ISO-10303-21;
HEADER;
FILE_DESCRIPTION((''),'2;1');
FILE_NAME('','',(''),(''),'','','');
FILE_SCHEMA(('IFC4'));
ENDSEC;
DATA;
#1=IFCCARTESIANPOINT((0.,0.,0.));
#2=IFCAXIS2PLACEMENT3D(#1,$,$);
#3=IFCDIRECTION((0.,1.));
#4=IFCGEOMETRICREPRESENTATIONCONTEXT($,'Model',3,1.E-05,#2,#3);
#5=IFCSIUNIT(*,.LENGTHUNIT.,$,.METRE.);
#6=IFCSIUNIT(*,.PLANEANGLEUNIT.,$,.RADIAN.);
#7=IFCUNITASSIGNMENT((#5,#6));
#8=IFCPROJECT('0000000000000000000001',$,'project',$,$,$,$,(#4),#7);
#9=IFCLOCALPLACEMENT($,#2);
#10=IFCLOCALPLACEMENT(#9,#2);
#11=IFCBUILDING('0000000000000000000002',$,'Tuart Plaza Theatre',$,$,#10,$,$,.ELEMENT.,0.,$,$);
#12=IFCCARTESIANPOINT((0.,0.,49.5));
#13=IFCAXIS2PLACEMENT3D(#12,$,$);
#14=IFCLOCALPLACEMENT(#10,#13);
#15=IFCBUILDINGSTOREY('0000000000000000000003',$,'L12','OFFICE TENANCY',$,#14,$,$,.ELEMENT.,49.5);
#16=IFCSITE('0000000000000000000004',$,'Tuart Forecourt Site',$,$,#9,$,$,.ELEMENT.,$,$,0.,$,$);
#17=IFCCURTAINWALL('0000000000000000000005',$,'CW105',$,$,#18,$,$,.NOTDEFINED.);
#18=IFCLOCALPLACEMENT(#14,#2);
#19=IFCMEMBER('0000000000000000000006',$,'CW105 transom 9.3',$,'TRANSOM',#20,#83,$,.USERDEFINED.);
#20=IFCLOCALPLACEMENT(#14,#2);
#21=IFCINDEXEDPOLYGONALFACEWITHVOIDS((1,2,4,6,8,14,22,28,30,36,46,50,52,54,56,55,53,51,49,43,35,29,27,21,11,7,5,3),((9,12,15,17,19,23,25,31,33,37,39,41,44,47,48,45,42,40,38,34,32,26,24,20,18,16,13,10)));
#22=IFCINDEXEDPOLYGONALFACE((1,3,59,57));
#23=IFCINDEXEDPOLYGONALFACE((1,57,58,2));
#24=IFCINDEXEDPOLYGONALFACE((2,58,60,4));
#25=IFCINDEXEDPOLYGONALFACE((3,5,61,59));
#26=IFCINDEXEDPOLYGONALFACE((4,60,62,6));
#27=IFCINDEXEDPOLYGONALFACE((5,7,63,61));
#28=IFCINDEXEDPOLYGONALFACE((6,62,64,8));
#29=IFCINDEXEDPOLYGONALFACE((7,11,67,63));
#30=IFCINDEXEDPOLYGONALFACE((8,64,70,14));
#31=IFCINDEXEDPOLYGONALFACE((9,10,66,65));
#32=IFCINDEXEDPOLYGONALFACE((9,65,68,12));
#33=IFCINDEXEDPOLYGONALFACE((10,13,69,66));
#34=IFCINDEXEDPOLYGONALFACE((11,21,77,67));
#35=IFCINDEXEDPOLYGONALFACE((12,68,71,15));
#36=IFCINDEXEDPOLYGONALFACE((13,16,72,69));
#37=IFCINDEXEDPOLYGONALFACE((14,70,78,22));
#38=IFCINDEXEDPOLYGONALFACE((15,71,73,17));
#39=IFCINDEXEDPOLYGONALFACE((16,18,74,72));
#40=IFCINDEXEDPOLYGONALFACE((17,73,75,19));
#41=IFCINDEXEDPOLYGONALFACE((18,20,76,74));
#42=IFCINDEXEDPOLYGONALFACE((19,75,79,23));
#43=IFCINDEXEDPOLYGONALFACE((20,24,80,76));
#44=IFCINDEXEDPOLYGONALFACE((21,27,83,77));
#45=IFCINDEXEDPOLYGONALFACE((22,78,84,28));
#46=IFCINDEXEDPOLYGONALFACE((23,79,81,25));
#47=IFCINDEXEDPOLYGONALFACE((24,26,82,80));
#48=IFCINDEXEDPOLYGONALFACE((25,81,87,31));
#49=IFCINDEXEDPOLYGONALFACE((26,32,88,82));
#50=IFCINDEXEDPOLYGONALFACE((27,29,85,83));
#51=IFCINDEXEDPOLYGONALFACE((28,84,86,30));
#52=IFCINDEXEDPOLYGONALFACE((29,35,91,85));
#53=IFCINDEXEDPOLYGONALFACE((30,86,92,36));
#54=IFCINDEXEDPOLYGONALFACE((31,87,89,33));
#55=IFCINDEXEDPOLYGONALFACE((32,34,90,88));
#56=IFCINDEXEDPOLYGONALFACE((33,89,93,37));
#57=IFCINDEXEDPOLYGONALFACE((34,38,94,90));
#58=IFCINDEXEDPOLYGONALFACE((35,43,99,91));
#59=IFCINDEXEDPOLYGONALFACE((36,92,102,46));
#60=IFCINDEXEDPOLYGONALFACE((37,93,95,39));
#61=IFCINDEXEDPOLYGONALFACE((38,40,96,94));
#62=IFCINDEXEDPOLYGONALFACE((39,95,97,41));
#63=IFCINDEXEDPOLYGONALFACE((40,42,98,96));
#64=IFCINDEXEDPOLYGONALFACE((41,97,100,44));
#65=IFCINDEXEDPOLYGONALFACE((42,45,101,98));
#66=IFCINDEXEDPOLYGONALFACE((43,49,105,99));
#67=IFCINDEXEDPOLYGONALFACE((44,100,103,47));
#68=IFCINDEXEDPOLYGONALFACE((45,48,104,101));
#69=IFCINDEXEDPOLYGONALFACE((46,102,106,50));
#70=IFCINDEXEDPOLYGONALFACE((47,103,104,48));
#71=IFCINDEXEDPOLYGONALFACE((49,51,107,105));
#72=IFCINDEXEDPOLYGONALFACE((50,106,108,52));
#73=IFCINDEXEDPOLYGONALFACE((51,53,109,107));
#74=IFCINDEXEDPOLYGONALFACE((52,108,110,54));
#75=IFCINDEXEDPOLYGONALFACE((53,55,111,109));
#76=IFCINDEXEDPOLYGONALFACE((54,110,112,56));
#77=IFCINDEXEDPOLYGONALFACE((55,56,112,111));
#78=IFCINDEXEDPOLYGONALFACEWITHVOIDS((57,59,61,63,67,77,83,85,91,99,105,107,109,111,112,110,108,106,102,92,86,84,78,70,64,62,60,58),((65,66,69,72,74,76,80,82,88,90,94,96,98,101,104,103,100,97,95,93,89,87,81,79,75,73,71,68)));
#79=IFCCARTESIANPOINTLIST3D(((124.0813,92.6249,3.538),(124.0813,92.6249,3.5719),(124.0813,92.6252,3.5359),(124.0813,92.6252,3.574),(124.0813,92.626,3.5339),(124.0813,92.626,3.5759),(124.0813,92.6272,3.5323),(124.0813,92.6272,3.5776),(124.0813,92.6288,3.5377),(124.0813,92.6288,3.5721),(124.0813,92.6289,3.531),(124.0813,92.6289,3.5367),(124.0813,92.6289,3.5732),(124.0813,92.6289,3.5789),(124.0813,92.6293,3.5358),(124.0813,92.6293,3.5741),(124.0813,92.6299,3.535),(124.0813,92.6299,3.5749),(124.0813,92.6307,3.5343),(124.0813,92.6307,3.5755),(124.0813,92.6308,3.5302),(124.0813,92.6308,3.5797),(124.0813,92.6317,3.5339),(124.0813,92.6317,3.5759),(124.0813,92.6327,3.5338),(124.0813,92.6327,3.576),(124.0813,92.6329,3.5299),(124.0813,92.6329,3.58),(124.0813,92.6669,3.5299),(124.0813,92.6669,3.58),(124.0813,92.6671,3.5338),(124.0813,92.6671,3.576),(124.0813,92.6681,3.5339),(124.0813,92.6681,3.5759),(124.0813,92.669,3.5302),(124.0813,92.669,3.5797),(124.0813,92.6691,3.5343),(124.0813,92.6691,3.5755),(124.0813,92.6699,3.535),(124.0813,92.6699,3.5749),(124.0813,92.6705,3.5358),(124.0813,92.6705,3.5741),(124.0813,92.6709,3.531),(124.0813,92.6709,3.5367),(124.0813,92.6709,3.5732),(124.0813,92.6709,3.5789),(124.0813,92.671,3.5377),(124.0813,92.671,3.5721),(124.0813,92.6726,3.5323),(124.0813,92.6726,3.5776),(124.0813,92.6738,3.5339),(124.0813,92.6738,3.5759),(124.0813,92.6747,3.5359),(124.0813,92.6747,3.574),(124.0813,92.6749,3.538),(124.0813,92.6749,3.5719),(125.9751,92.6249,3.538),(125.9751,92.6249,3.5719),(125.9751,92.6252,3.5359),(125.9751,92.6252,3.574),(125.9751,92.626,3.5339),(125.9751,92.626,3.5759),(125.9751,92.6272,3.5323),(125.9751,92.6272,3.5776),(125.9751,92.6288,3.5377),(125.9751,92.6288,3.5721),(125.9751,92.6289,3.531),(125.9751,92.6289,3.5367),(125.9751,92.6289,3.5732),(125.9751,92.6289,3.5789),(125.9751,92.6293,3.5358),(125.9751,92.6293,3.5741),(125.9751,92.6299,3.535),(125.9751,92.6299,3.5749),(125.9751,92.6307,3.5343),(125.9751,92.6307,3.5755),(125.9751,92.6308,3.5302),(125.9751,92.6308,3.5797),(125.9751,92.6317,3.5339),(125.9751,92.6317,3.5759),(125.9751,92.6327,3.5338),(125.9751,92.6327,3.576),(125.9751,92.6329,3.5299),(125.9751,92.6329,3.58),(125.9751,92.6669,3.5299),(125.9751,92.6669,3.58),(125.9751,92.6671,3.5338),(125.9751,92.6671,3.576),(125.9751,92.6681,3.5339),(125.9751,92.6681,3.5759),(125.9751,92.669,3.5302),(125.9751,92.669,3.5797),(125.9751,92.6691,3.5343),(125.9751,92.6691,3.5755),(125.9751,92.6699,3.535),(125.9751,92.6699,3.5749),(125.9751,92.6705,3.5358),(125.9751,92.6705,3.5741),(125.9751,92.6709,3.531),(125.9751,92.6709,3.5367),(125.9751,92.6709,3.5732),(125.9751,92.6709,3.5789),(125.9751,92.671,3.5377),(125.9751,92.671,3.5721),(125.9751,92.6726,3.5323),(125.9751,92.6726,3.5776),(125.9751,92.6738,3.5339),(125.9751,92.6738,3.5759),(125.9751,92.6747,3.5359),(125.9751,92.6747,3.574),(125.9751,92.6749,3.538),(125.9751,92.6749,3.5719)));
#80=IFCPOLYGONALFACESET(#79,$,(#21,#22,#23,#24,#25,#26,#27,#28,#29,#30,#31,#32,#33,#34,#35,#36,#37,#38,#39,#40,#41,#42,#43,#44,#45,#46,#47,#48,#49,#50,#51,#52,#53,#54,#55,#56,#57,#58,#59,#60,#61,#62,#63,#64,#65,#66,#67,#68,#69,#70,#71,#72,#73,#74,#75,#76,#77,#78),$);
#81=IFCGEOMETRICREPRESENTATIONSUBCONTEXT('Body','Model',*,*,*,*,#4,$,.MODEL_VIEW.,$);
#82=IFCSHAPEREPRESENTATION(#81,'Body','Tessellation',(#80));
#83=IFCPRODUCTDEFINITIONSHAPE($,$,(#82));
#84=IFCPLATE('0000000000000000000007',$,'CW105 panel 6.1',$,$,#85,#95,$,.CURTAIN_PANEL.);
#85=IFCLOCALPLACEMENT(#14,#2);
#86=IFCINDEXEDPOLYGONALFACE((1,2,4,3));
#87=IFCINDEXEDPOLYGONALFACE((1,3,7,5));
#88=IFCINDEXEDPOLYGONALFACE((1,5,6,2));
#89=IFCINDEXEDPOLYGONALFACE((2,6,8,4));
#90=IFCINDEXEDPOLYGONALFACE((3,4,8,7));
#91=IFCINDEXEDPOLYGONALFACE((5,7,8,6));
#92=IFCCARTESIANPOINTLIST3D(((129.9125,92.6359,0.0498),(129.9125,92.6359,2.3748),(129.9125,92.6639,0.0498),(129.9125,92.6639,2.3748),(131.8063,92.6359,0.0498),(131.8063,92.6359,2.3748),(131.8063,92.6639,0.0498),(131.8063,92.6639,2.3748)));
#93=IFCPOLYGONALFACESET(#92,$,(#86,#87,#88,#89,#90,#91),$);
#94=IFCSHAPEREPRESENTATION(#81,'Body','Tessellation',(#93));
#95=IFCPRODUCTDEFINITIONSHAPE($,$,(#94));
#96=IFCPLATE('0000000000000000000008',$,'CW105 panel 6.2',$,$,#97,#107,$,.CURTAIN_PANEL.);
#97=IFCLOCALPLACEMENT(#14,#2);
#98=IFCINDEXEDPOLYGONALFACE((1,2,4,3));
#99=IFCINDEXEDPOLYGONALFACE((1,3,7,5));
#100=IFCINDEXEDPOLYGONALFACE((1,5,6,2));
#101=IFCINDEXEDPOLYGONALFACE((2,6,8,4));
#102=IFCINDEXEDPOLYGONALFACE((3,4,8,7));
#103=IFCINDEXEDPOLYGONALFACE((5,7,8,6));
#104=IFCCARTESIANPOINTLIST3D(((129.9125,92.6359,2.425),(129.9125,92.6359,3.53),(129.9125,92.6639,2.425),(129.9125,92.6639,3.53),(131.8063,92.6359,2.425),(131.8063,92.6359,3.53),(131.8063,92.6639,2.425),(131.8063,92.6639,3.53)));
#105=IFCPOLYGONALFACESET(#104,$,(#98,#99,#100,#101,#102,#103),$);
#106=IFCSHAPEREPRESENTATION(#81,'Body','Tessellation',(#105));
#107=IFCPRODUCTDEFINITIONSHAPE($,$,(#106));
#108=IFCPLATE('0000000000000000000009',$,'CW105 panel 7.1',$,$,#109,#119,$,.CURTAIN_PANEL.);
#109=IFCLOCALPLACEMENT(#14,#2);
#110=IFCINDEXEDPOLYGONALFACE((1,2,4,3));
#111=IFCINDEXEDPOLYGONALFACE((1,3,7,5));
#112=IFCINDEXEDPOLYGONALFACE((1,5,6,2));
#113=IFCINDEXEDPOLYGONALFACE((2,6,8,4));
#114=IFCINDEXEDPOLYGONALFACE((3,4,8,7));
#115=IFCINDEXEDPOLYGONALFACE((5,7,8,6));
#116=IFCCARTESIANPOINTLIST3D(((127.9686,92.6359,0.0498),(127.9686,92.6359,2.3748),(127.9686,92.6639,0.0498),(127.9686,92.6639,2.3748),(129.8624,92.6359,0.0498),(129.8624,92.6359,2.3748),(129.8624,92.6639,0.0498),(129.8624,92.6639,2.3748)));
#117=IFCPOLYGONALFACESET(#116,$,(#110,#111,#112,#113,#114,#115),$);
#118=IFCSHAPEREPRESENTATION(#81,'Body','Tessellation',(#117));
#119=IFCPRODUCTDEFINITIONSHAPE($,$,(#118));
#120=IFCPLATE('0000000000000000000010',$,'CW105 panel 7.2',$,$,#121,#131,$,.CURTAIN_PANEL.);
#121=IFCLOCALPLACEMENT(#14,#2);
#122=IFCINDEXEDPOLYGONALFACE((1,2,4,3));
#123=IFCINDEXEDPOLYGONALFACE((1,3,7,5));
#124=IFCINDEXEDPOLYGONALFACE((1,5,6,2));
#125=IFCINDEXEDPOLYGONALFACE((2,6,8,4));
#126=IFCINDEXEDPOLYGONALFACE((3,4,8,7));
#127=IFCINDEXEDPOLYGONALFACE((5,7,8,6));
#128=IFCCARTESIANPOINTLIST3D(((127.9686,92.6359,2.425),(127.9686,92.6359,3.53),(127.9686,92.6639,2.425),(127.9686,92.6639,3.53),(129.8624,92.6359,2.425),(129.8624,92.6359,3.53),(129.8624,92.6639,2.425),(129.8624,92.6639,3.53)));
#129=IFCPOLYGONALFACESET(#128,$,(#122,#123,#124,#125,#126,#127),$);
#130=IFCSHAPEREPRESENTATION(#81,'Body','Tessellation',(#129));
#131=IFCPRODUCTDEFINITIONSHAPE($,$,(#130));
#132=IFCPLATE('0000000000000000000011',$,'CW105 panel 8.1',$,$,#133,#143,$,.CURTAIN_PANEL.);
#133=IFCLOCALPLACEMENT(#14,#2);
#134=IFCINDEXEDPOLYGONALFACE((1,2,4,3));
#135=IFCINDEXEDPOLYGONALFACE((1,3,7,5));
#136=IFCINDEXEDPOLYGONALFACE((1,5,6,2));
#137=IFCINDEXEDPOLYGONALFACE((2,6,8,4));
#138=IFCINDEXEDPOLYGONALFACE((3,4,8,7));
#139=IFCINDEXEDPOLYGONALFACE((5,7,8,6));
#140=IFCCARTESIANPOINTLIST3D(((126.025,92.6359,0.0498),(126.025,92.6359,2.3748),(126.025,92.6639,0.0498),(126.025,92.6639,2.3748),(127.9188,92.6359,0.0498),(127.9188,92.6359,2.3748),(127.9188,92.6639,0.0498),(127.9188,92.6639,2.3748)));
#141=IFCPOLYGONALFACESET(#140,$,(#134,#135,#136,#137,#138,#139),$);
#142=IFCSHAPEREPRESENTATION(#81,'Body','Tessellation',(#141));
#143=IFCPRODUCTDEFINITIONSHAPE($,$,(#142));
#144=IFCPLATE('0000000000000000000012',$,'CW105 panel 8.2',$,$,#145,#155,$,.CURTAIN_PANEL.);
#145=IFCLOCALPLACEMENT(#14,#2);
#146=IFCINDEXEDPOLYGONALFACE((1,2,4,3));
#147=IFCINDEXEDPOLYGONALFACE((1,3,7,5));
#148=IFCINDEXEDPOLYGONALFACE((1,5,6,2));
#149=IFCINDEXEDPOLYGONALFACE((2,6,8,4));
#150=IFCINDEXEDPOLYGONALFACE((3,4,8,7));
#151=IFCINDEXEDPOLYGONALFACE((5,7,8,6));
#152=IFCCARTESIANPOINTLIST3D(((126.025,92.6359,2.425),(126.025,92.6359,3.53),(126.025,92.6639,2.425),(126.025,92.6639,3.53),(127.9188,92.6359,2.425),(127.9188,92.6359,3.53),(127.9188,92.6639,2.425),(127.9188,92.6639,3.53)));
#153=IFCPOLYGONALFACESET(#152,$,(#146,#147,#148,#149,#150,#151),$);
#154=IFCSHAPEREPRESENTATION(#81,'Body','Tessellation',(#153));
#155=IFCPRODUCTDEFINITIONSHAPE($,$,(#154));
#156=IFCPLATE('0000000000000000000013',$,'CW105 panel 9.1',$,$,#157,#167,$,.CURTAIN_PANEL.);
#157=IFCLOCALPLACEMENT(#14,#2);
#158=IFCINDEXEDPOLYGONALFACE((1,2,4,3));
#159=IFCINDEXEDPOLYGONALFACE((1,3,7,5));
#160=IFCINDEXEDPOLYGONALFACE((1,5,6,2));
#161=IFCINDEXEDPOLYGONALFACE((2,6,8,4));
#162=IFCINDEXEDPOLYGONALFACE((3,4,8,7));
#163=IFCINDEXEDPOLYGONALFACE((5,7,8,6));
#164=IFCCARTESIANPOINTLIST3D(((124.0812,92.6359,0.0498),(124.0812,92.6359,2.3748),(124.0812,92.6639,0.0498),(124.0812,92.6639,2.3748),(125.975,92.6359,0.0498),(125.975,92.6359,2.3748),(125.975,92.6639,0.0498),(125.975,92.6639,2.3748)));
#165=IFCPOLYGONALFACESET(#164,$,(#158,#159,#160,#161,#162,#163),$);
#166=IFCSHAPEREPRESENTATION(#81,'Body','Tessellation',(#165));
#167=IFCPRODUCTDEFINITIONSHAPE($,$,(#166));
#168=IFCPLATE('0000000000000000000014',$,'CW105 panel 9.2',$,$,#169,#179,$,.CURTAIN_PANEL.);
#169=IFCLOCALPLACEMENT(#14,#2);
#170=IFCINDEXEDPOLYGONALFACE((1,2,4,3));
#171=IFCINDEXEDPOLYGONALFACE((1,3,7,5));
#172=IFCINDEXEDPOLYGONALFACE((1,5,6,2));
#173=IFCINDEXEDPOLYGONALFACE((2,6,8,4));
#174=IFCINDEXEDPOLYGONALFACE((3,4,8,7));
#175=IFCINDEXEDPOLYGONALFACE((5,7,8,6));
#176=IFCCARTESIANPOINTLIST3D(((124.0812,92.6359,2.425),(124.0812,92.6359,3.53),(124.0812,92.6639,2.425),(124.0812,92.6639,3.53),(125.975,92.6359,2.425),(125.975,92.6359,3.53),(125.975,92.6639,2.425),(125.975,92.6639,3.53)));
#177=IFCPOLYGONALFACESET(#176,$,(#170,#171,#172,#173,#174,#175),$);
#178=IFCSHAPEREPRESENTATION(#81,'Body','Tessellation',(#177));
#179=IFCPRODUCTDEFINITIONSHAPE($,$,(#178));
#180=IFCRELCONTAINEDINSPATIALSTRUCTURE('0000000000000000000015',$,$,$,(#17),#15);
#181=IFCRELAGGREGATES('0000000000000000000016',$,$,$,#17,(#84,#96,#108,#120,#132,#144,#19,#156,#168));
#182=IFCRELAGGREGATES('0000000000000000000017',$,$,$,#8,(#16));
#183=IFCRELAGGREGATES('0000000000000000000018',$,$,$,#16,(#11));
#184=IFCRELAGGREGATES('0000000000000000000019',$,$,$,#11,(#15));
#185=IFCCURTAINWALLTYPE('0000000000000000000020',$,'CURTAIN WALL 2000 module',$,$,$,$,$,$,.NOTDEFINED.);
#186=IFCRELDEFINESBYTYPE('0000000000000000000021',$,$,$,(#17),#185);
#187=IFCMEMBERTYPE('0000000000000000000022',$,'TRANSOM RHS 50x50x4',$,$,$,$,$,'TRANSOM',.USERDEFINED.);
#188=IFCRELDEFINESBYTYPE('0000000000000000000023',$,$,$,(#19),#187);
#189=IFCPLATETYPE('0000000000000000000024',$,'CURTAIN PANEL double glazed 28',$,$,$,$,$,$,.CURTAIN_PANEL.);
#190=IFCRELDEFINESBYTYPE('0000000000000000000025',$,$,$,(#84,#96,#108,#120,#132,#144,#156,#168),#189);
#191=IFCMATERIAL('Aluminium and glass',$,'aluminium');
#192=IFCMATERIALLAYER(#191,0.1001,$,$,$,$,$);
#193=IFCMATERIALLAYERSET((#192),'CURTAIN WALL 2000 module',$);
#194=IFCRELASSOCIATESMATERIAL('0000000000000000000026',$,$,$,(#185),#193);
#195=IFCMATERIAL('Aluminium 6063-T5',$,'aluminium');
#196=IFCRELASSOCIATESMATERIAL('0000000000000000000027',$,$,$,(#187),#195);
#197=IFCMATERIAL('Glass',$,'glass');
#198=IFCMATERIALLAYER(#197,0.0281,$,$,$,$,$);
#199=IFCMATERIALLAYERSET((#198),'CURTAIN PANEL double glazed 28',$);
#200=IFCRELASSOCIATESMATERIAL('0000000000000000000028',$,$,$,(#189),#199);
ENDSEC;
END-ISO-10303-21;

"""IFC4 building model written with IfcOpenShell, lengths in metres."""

from ifc_helpers import new_model, si_unit, direction, frame, origin, origin_2d, place, context, subcontext, project, spatial, rectangle, hollow_rectangle, extrude, material, layer, layer_set, material_profile, profile_set, type_object, element, aggregate, save


model = new_model("IFC4")

# Units and contexts
model_context = context("Model", 3, precision=1e-05, world=origin(), true_north=direction((0.0, 1.0)))
body_context = subcontext(model_context, "Body", "Model", "MODEL_VIEW")
ifc_project = project(units=[si_unit("LENGTHUNIT", "METRE"), si_unit("PLANEANGLEUNIT", "RADIAN")], contexts=[model_context])

# Site, building, storey
site_placement = place(None, origin())
site = spatial("IfcSite", under=ifc_project, at=site_placement, Name="Tuart Forecourt Site", CompositionType="ELEMENT", RefElevation=0.0)
building_placement = place(site_placement, origin())
building = spatial("IfcBuilding", under=site, at=building_placement, Name="Tuart Plaza Theatre", CompositionType="ELEMENT", ElevationOfRefHeight=0.0)
storey_placement = place(building_placement, frame((0.0, 0.0, 49.5)))
storey = spatial("IfcBuildingStorey", under=building, at=storey_placement, Name="L12", Description="OFFICE TENANCY", CompositionType="ELEMENT", Elevation=49.5)

# Curtain wall, member, plates
ifc_material_1 = material(Name="Aluminium and glass", Category="aluminium")
ifc_layer_1 = layer(ifc_material_1, 0.1001)
ifc_layer_set_1 = layer_set([ifc_layer_1], Name="CURTAIN WALL 2000 module")
curtain_wall_type = type_object("IfcCurtainWallType", Name="CURTAIN WALL 2000 module", PredefinedType="NOTDEFINED", material=ifc_layer_set_1)
curtain_wall_placement = place(storey_placement, origin())
curtain_wall = element("IfcCurtainWall", 1, at=curtain_wall_placement, inside=storey, type_object=curtain_wall_type, Name="CW105", PredefinedType="NOTDEFINED")
ifc_material_2 = material(Name="Aluminium 6063-T5", Category="aluminium")
ifc_material_profile_1 = material_profile(ifc_material_2, hollow_rectangle(XDim=0.05, YDim=0.05, WallThickness=0.0039, InnerFilletRadius=0.0039, OuterFilletRadius=0.0081, at=origin_2d()), Name="RHS 50x50x4")
ifc_profile_set_1 = profile_set([ifc_material_profile_1], Name="Aluminium 6063-T5")
member_type_1 = type_object("IfcMemberType", Name="TRANSOM RHS 50x50x4", ElementType="TRANSOM", PredefinedType="USERDEFINED", material=ifc_profile_set_1)
member_1_placement = place(storey_placement, frame((125.9751, 92.6499, 3.5549), z_axis=(-1.0, 0.0, 0.0), x_axis=(0.0, -1.0, 0.0)))
member_1 = element("IfcMember", 2, at=member_1_placement, type_object=member_type_1, Name="CW105 transom 9.3", ObjectType="TRANSOM", PredefinedType="USERDEFINED", context=body_context, shape_type="SweptSolid", body=[
    extrude(hollow_rectangle(XDim=0.05, YDim=0.05, WallThickness=0.0039, InnerFilletRadius=0.0039, OuterFilletRadius=0.0081, at=origin_2d()), origin(), (0.0, 0.0, 1.0), 1.8938),
])
ifc_material_3 = material(Name="Glass", Category="glass")
ifc_layer_2 = layer(ifc_material_3, 0.0281)
ifc_layer_set_2 = layer_set([ifc_layer_2], Name="CURTAIN PANEL double glazed 28")
plate_type = type_object("IfcPlateType", Name="CURTAIN PANEL double glazed 28", PredefinedType="CURTAIN_PANEL", material=ifc_layer_set_2)
plate_1_placement = place(storey_placement, frame((130.8594, 92.6499, 0.0498), z_axis=(0.0, 0.0, 1.0), x_axis=(-1.0, 0.0, 0.0)))
plate_1 = element("IfcPlate", 3, at=plate_1_placement, type_object=plate_type, Name="CW105 panel 6.1", PredefinedType="CURTAIN_PANEL", context=body_context, shape_type="SweptSolid", body=[
    extrude(rectangle(XDim=1.8938, YDim=0.0281, at=origin_2d()), origin(), (0.0, 0.0, 1.0), 2.325),
])
plate_2_placement = place(storey_placement, frame((130.8594, 92.6499, 2.425), z_axis=(0.0, 0.0, 1.0), x_axis=(-1.0, 0.0, 0.0)))
plate_2 = element("IfcPlate", 4, at=plate_2_placement, type_object=plate_type, Name="CW105 panel 6.2", PredefinedType="CURTAIN_PANEL", context=body_context, shape_type="SweptSolid", body=[
    extrude(rectangle(XDim=1.8938, YDim=0.0281, at=origin_2d()), origin(), (0.0, 0.0, 1.0), 1.105),
])
plate_3_placement = place(storey_placement, frame((128.9155, 92.6499, 0.0498), z_axis=(0.0, 0.0, 1.0), x_axis=(-1.0, 0.0, 0.0)))
plate_3 = element("IfcPlate", 5, at=plate_3_placement, type_object=plate_type, Name="CW105 panel 7.1", PredefinedType="CURTAIN_PANEL", context=body_context, shape_type="SweptSolid", body=[
    extrude(rectangle(XDim=1.8938, YDim=0.0281, at=origin_2d()), origin(), (0.0, 0.0, 1.0), 2.325),
])
plate_4_placement = place(storey_placement, frame((128.9155, 92.6499, 2.425), z_axis=(0.0, 0.0, 1.0), x_axis=(-1.0, 0.0, 0.0)))
plate_4 = element("IfcPlate", 6, at=plate_4_placement, type_object=plate_type, Name="CW105 panel 7.2", PredefinedType="CURTAIN_PANEL", context=body_context, shape_type="SweptSolid", body=[
    extrude(rectangle(XDim=1.8938, YDim=0.0281, at=origin_2d()), origin(), (0.0, 0.0, 1.0), 1.105),
])
plate_5_placement = place(storey_placement, frame((126.9719, 92.6499, 0.0498), z_axis=(0.0, 0.0, 1.0), x_axis=(-1.0, 0.0, 0.0)))
plate_5 = element("IfcPlate", 7, at=plate_5_placement, type_object=plate_type, Name="CW105 panel 8.1", PredefinedType="CURTAIN_PANEL", context=body_context, shape_type="SweptSolid", body=[
    extrude(rectangle(XDim=1.8938, YDim=0.0281, at=origin_2d()), origin(), (0.0, 0.0, 1.0), 2.325),
])
plate_6_placement = place(storey_placement, frame((126.9719, 92.6499, 2.425), z_axis=(0.0, 0.0, 1.0), x_axis=(-1.0, 0.0, 0.0)))
plate_6 = element("IfcPlate", 8, at=plate_6_placement, type_object=plate_type, Name="CW105 panel 8.2", PredefinedType="CURTAIN_PANEL", context=body_context, shape_type="SweptSolid", body=[
    extrude(rectangle(XDim=1.8938, YDim=0.0281, at=origin_2d()), origin(), (0.0, 0.0, 1.0), 1.105),
])
plate_7_placement = place(storey_placement, frame((125.0281, 92.6499, 0.0498), z_axis=(0.0, 0.0, 1.0), x_axis=(-1.0, 0.0, 0.0)))
plate_7 = element("IfcPlate", 9, at=plate_7_placement, type_object=plate_type, Name="CW105 panel 9.1", PredefinedType="CURTAIN_PANEL", context=body_context, shape_type="SweptSolid", body=[
    extrude(rectangle(XDim=1.8938, YDim=0.0281, at=origin_2d()), origin(), (0.0, 0.0, 1.0), 2.325),
])
plate_8_placement = place(storey_placement, frame((125.0281, 92.6499, 2.425), z_axis=(0.0, 0.0, 1.0), x_axis=(-1.0, 0.0, 0.0)))
plate_8 = element("IfcPlate", 10, at=plate_8_placement, type_object=plate_type, Name="CW105 panel 9.2", PredefinedType="CURTAIN_PANEL", context=body_context, shape_type="SweptSolid", body=[
    extrude(rectangle(XDim=1.8938, YDim=0.0281, at=origin_2d()), origin(), (0.0, 0.0, 1.0), 1.105),
])
aggregate(curtain_wall, [plate_1, plate_2, plate_3, plate_4, plate_5, plate_6, member_1, plate_7, plate_8])

save(model, "model.ifc")
